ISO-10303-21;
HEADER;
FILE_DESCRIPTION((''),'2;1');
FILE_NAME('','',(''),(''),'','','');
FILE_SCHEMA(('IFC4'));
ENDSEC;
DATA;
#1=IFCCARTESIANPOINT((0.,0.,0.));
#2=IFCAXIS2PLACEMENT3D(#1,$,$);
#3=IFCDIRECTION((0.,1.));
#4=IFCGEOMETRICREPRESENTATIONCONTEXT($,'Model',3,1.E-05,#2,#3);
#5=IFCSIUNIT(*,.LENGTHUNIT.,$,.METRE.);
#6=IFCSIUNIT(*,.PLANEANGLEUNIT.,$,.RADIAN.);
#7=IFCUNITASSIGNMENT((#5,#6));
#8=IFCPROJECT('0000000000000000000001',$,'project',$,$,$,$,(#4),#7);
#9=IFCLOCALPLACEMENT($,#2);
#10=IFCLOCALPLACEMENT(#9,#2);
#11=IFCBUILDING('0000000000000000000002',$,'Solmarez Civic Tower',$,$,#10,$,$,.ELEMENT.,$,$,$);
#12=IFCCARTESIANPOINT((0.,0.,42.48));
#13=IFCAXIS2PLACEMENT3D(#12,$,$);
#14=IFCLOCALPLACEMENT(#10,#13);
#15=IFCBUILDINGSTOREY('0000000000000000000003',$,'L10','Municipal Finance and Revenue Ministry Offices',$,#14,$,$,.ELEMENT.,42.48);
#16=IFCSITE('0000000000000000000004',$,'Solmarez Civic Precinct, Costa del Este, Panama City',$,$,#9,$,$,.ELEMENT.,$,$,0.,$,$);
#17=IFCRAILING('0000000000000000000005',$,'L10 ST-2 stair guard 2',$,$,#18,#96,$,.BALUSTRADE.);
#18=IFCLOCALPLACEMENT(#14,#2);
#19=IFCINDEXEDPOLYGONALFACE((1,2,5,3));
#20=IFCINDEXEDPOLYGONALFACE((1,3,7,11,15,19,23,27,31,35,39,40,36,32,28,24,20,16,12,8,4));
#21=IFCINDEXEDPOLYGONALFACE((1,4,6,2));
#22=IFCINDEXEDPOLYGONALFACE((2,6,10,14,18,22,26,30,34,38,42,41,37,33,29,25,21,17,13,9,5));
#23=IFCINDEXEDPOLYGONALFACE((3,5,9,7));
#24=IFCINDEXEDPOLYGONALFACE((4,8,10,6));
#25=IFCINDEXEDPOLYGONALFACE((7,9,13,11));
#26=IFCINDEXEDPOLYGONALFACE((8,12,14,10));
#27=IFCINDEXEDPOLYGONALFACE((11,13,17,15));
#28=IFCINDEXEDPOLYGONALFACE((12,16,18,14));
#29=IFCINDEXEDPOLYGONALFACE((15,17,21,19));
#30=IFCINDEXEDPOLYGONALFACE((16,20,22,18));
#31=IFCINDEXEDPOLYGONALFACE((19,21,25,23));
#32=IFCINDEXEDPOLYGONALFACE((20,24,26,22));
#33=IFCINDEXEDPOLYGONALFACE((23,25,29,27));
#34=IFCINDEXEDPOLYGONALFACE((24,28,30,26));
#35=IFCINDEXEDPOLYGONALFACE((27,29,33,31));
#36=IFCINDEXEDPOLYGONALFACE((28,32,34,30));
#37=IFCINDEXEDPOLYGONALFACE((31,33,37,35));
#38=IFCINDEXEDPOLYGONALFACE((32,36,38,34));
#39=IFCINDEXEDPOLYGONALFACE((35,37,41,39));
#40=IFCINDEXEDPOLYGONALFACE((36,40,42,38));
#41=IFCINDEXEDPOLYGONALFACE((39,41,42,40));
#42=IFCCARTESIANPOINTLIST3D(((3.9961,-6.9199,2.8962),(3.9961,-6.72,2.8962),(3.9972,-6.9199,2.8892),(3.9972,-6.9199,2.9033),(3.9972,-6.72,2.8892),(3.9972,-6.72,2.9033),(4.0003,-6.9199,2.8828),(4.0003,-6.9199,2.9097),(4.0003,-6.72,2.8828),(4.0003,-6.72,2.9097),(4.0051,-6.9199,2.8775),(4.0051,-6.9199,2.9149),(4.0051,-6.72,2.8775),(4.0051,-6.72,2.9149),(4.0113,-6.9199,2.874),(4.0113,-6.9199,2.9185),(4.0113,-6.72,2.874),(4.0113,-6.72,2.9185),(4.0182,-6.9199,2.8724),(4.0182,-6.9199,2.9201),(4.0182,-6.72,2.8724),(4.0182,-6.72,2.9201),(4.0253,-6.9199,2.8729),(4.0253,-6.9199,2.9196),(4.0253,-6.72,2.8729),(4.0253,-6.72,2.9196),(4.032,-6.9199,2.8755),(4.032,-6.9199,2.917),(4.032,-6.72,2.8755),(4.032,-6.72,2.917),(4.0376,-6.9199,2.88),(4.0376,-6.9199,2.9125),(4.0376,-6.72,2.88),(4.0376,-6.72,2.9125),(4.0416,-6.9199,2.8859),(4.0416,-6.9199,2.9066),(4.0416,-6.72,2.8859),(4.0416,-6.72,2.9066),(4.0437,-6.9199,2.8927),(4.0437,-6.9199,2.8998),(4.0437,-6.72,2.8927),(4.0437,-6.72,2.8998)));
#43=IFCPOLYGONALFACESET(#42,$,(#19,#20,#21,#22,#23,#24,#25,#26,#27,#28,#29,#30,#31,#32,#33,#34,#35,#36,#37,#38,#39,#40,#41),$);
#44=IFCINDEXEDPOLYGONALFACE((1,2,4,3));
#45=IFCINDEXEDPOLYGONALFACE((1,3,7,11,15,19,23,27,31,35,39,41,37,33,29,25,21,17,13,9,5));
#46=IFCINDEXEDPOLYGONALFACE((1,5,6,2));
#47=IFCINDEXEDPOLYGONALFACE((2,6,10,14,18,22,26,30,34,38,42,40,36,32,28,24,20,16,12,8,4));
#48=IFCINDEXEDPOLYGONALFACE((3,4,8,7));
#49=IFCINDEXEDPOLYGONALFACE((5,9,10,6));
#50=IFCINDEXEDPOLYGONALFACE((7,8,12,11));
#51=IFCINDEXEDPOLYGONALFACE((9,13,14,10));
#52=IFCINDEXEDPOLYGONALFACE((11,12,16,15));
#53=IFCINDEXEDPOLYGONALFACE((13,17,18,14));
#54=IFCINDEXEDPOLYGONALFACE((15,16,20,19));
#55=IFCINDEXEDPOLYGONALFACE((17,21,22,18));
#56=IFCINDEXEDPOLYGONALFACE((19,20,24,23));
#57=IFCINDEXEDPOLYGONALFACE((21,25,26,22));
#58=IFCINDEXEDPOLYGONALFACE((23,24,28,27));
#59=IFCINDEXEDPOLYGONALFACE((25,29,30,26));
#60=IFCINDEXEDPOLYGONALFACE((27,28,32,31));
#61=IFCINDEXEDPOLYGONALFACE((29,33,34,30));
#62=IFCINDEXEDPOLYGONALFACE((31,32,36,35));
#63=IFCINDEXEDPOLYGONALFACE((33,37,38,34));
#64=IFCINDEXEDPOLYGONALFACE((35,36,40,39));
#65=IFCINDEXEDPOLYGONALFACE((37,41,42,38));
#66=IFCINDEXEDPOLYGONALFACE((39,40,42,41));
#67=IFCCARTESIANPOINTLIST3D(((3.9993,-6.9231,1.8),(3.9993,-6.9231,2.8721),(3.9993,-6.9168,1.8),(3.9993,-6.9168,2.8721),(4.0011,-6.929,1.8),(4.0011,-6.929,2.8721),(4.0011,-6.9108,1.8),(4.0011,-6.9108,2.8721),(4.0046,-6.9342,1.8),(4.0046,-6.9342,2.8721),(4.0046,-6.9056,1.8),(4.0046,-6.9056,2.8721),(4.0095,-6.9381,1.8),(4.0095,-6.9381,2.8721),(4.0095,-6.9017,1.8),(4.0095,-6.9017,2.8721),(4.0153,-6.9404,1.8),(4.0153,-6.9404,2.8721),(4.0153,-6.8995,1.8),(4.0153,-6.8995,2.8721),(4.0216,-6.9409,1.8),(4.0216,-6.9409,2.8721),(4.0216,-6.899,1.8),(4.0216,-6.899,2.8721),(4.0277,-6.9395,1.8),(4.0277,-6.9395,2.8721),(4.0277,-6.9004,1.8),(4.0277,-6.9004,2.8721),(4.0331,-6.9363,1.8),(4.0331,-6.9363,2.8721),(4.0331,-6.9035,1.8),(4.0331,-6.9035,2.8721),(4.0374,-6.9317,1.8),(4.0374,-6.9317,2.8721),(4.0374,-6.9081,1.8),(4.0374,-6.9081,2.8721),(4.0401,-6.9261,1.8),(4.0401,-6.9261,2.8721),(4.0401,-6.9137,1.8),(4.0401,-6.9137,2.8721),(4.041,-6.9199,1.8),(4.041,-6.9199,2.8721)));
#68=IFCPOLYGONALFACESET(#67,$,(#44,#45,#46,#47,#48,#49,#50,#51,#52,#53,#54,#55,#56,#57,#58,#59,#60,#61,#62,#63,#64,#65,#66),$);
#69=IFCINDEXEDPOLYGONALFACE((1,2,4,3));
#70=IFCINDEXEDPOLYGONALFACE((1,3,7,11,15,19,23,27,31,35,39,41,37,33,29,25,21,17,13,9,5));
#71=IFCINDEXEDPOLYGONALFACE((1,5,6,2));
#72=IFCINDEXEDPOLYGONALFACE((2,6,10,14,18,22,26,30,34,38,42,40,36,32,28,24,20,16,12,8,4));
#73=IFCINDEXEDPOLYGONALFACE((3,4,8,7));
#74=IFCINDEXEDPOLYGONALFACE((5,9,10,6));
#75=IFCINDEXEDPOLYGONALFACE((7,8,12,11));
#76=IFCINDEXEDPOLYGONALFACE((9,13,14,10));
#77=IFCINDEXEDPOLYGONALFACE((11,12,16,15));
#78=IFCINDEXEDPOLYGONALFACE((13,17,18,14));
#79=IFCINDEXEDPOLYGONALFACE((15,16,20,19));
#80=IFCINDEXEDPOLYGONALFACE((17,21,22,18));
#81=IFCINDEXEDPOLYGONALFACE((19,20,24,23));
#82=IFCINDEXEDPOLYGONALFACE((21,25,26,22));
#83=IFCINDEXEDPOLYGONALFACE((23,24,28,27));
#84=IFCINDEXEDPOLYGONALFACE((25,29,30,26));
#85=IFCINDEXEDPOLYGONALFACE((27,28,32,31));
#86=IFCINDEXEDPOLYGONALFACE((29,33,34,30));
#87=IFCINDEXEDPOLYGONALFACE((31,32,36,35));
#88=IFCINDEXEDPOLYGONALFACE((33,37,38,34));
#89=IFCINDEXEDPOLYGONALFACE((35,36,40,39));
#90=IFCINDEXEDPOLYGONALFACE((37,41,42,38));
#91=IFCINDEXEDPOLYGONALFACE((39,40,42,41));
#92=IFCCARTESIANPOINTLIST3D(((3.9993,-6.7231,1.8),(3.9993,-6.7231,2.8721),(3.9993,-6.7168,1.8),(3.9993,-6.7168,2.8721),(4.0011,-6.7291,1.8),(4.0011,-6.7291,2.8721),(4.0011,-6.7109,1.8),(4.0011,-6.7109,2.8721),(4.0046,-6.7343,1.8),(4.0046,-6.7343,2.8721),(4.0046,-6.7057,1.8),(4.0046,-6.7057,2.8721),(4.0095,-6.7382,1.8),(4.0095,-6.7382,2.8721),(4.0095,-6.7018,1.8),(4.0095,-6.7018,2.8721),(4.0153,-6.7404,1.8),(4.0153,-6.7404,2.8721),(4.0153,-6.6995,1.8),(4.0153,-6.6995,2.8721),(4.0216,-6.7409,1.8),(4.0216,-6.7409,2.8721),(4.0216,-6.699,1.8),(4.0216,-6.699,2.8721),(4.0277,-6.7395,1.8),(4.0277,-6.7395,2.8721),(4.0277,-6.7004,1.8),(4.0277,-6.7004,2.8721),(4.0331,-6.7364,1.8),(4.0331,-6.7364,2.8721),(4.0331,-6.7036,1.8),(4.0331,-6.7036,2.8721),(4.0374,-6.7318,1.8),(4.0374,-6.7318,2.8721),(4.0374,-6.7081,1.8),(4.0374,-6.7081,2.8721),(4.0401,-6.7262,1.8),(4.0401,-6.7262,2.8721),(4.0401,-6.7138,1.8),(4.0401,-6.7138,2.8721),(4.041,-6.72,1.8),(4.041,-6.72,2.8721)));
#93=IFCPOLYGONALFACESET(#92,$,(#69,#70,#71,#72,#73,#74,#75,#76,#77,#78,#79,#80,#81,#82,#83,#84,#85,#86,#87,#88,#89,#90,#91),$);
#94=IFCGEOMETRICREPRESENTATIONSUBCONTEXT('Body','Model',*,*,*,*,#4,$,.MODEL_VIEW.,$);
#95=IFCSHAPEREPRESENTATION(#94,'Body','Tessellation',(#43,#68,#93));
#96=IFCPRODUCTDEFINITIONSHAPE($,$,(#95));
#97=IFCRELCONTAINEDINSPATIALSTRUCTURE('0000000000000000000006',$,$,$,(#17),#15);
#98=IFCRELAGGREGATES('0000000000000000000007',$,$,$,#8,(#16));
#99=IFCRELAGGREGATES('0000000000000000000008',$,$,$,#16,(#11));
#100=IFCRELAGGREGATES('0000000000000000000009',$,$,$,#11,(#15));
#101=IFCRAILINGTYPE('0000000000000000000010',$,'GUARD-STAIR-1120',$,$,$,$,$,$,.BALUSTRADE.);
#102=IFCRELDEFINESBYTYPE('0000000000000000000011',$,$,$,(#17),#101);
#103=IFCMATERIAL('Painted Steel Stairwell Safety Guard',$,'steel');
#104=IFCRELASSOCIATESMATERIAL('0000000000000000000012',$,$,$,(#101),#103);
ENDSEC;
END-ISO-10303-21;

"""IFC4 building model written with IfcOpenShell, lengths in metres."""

from ifc_helpers import new_model, si_unit, direction, frame, origin, origin_2d, place, context, subcontext, project, spatial, circle, extrude, material, type_object, element, save


model = new_model("IFC4")

# Units and contexts
model_context = context("Model", 3, precision=1e-05, world=origin(), true_north=direction((0.0, 1.0)))
body_context = subcontext(model_context, "Body", "Model", "MODEL_VIEW")
ifc_project = project(units=[si_unit("LENGTHUNIT", "METRE"), si_unit("PLANEANGLEUNIT", "RADIAN")], contexts=[model_context])

# Site, building, storey
site_placement = place(None, origin())
site = spatial("IfcSite", under=ifc_project, at=site_placement, Name="Solmarez Civic Precinct, Costa del Este, Panama City", CompositionType="ELEMENT", RefElevation=0.0)
building_placement = place(site_placement, origin())
building = spatial("IfcBuilding", under=site, at=building_placement, Name="Solmarez Civic Tower", CompositionType="ELEMENT")
storey_placement = place(building_placement, frame((0.0, 0.0, 42.48)))
storey = spatial("IfcBuildingStorey", under=building, at=storey_placement, Name="L10", Description="Municipal Finance and Revenue Ministry Offices", CompositionType="ELEMENT", Elevation=42.48)

# Railing
ifc_material_1 = material(Name="Painted Steel Stairwell Safety Guard", Category="steel")
railing_type_1 = type_object("IfcRailingType", Name="GUARD-STAIR-1120", PredefinedType="BALUSTRADE", material=ifc_material_1)
railing_1_placement = place(storey_placement, frame((4.02, -6.9199, 1.8)))
element("IfcRailing", 1, at=railing_1_placement, inside=storey, type_object=railing_type_1, Name="L10 ST-2 stair guard 2", PredefinedType="BALUSTRADE", context=body_context, shape_type="SweptSolid", body=[
    extrude(circle(Radius=0.0239, at=origin_2d()), frame((0.0, 0.0, 1.0962), z_axis=(0.0, 1.0, 0.0), x_axis=(-1.0, 0.0, 0.0)), (0.0, 0.0, 1.0), 0.2),
    extrude(circle(Radius=0.021, at=origin_2d()), origin(), (0.0, 0.0, 1.0), 1.072),
    extrude(circle(Radius=0.021, at=origin_2d()), frame((0.0, 0.2, 0.0)), (0.0, 0.0, 1.0), 1.072),
])

save(model, "model.ifc")
